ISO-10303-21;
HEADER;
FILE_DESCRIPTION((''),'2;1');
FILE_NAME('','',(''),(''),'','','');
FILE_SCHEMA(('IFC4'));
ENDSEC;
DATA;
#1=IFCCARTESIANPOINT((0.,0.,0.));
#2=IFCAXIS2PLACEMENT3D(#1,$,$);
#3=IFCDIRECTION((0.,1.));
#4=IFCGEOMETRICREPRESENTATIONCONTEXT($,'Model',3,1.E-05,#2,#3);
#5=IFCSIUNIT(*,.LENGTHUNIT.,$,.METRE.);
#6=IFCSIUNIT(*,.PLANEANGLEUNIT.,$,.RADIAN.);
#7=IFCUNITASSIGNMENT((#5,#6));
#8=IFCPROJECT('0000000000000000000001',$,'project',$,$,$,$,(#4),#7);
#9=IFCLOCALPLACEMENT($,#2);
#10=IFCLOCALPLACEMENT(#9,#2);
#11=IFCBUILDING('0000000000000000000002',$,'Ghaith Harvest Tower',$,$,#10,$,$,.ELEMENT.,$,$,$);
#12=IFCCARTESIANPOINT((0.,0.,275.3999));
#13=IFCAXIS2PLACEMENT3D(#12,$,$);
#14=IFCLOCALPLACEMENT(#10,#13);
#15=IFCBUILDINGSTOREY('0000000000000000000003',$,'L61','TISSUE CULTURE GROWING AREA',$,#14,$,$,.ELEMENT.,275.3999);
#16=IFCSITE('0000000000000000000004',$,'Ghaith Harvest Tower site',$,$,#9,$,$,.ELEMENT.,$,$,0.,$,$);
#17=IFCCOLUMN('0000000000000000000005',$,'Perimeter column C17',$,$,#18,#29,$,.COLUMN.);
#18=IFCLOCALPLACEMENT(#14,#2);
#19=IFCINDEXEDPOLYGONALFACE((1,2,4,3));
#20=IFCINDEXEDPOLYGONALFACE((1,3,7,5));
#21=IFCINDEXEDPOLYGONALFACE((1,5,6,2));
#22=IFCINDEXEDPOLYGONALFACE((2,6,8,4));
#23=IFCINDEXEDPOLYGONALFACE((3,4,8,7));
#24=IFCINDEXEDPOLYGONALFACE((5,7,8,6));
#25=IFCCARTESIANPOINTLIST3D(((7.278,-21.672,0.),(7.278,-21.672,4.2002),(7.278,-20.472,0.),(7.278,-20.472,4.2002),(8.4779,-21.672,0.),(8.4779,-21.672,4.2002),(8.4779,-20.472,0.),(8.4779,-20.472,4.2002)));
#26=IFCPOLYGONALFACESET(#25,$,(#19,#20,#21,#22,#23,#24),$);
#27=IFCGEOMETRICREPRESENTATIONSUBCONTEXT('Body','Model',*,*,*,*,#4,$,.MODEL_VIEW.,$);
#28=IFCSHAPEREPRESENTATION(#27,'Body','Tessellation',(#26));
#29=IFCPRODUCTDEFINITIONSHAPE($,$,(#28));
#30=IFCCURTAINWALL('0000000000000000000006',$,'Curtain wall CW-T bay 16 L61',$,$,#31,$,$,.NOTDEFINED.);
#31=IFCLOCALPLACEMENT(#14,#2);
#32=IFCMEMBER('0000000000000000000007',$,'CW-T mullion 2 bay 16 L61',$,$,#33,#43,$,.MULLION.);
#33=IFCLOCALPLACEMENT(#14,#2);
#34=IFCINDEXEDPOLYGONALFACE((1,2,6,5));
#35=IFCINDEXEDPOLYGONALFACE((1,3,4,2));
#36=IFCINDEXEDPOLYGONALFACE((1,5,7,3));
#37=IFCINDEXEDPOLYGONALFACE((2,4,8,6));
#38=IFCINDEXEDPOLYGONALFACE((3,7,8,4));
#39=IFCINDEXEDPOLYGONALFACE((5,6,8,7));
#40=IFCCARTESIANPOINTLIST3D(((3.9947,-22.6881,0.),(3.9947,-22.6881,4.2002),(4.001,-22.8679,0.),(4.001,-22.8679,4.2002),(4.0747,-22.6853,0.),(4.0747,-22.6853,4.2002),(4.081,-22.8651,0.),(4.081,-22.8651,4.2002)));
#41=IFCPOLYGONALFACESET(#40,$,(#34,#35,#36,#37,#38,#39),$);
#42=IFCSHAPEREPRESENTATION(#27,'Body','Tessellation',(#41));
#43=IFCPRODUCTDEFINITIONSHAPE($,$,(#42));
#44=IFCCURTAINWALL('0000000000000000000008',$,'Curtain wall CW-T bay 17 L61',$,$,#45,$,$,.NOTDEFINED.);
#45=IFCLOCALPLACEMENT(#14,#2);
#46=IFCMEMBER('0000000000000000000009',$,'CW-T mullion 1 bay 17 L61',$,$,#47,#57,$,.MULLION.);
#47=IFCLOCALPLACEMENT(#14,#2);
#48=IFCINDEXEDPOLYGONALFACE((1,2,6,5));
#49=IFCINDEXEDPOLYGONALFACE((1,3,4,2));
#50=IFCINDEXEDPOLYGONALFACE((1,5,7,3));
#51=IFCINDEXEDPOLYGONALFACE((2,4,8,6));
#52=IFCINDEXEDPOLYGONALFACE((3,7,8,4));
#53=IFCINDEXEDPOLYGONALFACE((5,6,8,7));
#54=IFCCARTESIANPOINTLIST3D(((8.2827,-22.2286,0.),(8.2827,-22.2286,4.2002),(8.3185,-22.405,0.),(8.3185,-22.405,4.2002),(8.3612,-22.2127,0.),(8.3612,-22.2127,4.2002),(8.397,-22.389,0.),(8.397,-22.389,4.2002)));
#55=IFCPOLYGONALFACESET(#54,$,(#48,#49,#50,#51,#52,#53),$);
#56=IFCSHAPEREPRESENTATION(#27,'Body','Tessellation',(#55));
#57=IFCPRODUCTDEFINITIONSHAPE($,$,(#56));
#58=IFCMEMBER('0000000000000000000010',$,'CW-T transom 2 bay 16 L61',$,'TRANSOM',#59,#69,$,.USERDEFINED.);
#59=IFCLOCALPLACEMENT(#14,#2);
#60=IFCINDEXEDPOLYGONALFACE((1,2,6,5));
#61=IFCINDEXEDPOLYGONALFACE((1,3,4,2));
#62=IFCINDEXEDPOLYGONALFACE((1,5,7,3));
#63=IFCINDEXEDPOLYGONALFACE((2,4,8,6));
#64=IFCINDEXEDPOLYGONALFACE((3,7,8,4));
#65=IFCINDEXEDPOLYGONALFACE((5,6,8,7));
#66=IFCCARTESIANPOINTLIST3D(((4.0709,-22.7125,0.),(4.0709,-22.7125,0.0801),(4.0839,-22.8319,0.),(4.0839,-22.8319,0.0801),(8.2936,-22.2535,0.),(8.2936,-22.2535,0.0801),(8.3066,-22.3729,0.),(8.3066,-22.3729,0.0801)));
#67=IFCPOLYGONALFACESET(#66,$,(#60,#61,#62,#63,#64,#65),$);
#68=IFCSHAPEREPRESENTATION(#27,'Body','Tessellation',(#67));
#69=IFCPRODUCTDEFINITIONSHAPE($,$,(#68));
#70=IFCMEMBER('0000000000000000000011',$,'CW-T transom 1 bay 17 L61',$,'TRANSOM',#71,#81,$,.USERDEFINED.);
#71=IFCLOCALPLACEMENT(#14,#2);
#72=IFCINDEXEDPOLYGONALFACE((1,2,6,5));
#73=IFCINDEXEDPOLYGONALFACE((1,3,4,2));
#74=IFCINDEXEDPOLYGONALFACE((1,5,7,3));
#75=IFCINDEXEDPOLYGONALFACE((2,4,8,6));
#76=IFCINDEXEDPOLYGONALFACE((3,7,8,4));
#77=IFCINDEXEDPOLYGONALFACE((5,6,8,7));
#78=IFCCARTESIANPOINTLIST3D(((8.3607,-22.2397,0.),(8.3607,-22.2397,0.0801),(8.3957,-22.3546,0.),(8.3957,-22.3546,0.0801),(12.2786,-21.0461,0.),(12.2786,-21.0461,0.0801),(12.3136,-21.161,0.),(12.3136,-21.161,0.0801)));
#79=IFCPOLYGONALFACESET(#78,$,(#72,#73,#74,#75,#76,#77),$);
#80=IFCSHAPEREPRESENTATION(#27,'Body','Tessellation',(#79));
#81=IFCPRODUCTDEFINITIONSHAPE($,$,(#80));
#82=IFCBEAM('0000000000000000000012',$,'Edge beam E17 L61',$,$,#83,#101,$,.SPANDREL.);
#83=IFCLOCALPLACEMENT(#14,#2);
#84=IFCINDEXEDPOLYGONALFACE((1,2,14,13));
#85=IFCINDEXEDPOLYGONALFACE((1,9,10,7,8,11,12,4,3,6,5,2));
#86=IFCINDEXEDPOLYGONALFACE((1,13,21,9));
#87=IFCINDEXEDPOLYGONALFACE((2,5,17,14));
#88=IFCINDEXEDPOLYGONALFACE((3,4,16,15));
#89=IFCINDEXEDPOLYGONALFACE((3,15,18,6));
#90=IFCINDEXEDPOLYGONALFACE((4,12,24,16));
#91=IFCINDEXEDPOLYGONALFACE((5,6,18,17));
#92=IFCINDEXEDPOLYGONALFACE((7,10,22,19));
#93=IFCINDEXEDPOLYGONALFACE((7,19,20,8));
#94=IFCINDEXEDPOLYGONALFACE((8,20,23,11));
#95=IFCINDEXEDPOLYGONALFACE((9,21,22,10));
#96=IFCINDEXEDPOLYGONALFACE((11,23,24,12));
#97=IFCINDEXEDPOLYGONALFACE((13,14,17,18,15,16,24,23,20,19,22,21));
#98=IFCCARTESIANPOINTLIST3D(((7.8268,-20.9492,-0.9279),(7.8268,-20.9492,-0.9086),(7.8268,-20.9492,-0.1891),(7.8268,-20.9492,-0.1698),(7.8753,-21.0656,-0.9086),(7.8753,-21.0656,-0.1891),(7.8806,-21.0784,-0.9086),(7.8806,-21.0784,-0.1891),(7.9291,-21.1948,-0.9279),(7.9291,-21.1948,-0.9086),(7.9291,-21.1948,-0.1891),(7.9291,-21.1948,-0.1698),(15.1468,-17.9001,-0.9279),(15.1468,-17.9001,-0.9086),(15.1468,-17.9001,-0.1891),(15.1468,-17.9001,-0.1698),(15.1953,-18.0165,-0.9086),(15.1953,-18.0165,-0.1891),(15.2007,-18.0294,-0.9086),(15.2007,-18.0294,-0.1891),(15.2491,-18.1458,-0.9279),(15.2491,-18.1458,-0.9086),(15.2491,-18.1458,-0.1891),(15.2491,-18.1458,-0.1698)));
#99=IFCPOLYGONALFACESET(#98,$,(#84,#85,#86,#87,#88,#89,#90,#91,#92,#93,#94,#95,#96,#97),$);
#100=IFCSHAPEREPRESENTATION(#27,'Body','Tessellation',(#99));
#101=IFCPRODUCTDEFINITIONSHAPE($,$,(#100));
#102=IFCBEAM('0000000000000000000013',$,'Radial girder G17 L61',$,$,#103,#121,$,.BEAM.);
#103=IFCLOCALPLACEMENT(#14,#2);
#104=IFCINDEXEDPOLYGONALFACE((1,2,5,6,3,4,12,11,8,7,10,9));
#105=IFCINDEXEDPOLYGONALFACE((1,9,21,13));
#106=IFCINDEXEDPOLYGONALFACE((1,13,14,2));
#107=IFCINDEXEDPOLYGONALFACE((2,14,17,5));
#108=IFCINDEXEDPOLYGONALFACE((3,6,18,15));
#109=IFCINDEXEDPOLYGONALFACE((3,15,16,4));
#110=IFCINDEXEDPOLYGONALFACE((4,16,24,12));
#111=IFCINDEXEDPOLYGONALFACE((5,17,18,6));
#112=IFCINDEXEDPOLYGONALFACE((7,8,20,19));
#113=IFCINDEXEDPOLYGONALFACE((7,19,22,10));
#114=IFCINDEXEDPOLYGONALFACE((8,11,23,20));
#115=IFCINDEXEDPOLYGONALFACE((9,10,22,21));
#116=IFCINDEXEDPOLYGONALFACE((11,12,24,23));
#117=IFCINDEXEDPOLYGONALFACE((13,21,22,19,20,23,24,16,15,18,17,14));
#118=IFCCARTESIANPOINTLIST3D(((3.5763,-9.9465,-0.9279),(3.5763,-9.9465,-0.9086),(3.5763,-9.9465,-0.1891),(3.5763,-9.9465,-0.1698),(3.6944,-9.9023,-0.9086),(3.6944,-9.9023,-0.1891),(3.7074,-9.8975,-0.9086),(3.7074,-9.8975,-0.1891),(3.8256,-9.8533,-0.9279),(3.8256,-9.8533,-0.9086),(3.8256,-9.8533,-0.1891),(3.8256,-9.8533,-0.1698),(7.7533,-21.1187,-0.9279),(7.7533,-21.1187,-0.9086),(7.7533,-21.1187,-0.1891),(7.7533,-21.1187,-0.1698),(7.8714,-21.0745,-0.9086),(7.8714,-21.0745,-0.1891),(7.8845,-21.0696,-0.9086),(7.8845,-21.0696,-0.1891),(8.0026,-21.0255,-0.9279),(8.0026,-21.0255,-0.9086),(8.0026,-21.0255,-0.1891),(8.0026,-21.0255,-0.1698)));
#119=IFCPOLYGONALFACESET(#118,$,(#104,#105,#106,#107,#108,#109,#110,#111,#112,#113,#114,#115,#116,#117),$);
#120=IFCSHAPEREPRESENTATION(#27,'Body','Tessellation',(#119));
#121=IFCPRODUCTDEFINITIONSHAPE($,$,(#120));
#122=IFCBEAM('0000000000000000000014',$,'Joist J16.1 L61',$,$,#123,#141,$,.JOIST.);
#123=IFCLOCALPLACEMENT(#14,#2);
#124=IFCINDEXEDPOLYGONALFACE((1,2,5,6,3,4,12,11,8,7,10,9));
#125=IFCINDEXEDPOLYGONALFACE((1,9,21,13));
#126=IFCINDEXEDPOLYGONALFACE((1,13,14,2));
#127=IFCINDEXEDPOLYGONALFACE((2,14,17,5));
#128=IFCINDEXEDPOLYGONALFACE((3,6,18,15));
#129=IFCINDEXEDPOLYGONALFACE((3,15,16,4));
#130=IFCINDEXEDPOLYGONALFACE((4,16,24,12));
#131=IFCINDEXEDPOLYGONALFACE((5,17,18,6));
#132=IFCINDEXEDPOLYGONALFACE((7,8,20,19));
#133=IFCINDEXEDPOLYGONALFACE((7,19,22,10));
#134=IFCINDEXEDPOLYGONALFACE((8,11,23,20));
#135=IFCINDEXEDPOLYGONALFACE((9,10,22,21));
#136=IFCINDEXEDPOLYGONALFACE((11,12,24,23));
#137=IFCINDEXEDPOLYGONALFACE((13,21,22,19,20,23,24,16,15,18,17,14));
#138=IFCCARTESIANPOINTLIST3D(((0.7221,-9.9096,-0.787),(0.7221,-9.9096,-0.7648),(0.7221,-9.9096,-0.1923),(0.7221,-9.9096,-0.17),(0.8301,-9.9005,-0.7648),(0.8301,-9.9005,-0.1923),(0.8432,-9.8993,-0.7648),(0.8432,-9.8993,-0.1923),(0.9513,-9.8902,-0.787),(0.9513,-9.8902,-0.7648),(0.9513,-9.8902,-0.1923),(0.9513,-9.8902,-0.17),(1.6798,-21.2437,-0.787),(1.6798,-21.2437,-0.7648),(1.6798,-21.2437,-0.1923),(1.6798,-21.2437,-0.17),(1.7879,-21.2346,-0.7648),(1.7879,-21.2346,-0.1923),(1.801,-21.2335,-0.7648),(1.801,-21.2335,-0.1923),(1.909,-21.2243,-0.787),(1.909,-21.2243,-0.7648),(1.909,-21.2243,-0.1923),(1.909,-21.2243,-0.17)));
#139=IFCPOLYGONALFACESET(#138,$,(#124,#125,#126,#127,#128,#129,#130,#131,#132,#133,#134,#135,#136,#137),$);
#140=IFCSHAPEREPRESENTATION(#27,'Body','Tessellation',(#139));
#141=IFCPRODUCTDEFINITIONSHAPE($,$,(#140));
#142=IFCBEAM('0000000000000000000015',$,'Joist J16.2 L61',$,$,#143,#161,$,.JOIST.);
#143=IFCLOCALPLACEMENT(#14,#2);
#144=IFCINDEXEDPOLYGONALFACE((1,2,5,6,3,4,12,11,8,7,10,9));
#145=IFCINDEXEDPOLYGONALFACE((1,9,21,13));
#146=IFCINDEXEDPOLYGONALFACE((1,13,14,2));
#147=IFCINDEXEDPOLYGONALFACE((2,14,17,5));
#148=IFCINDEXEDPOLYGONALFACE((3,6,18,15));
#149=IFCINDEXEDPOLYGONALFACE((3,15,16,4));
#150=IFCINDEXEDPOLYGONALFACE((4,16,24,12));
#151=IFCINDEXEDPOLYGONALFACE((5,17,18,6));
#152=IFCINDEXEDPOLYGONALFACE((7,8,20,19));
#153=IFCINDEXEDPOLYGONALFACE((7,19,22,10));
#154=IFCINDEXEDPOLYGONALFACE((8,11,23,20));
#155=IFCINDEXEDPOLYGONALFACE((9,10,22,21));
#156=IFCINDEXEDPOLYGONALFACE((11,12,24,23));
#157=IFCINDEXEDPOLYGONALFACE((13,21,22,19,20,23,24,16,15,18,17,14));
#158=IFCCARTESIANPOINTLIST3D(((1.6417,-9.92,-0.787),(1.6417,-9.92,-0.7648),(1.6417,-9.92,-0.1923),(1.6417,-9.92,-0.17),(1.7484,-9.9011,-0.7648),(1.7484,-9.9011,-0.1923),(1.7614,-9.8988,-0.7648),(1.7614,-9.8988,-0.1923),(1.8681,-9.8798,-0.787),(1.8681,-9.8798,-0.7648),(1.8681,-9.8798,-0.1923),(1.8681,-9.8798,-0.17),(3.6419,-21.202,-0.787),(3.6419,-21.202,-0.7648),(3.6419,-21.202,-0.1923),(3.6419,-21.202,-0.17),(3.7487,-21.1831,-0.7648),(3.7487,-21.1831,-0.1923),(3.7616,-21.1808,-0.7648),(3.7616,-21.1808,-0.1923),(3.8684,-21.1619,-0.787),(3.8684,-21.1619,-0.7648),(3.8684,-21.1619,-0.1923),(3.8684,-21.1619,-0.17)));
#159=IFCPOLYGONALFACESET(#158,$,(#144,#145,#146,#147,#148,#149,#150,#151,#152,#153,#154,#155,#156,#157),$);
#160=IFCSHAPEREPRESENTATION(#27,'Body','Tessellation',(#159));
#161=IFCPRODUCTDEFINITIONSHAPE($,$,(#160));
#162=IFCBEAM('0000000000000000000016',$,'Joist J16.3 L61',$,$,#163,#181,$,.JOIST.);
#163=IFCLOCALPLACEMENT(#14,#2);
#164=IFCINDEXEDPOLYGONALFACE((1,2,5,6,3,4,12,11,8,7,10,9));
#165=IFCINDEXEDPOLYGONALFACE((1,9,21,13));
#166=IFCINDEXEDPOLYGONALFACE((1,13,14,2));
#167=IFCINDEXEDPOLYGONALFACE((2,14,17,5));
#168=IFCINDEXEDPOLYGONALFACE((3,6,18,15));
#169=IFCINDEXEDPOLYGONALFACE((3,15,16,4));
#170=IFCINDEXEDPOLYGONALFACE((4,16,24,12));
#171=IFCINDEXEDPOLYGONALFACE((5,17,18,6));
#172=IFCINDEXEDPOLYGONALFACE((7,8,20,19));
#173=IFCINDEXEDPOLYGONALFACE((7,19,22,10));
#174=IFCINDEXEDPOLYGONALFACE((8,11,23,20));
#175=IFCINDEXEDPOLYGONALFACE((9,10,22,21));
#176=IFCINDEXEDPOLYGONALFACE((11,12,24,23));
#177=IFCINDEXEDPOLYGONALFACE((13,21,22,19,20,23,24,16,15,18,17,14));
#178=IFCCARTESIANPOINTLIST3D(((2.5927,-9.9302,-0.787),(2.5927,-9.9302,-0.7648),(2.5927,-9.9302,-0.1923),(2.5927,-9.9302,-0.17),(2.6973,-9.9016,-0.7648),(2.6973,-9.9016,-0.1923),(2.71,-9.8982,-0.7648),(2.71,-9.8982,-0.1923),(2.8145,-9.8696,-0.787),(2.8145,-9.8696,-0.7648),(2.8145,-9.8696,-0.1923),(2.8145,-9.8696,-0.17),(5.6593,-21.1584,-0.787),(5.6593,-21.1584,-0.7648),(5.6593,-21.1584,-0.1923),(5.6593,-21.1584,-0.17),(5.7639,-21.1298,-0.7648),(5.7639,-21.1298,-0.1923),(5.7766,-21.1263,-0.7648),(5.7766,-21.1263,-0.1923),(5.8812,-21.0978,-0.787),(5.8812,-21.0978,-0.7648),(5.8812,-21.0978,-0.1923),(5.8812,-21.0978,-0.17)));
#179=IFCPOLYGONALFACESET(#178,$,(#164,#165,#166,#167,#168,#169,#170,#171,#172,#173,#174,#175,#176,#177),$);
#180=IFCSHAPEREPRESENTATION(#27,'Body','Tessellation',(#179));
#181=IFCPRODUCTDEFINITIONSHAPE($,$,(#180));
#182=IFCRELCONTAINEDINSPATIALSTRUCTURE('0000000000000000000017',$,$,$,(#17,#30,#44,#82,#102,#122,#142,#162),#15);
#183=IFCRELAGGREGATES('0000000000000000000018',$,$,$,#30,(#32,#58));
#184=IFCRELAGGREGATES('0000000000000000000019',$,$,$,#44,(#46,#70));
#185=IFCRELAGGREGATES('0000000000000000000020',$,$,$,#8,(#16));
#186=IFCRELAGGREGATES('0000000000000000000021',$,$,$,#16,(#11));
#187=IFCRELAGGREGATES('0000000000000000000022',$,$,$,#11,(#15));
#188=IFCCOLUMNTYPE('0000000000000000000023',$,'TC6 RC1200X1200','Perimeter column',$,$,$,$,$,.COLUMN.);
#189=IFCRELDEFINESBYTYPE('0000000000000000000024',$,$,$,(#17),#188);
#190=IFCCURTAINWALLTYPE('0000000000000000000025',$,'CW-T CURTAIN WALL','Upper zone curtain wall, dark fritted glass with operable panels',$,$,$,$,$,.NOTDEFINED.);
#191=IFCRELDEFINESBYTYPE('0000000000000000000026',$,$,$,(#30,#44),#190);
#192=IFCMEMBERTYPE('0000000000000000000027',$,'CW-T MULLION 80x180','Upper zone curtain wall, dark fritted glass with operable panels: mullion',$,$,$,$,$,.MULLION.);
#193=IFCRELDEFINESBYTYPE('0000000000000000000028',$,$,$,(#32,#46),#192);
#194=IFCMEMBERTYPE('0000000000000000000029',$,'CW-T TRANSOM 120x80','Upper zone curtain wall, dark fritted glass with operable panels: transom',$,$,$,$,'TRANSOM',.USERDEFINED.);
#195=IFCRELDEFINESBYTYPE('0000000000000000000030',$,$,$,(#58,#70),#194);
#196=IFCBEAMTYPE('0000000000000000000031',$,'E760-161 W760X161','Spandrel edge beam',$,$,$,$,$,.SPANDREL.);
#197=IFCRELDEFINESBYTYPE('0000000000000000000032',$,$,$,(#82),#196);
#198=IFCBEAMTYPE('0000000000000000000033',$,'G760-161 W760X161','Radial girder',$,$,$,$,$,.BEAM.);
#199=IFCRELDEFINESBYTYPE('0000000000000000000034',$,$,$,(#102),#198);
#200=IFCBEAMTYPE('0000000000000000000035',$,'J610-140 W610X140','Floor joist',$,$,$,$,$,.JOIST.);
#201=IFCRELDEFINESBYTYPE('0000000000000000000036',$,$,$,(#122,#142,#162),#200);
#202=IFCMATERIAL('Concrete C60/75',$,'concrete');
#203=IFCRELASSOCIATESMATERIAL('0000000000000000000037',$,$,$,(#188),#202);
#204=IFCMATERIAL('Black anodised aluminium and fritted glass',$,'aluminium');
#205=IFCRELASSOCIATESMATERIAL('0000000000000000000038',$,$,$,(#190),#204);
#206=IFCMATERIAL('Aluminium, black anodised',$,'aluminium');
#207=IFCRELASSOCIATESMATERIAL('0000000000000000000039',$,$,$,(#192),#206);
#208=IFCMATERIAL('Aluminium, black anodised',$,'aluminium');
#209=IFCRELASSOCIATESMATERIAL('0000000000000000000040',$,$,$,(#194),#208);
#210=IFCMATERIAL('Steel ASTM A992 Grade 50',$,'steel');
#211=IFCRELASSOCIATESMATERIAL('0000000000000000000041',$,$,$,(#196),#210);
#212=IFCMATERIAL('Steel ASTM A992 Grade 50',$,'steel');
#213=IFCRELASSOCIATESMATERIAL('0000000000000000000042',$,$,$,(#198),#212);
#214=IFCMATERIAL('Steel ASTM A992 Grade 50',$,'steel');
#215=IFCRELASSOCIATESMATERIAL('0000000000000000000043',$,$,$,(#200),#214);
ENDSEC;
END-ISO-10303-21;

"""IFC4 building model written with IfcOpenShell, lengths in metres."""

from ifc_helpers import new_model, si_unit, direction, frame, origin, origin_2d, place, context, subcontext, project, spatial, rectangle, i_section, extrude, material, material_profile, profile_set, type_object, element, aggregate, save


model = new_model("IFC4")

# Units and contexts
model_context = context("Model", 3, precision=1e-05, world=origin(), true_north=direction((0.0, 1.0)))
body_context = subcontext(model_context, "Body", "Model", "MODEL_VIEW")
ifc_project = project(units=[si_unit("LENGTHUNIT", "METRE"), si_unit("PLANEANGLEUNIT", "RADIAN")], contexts=[model_context])

# Site, building, storey
site_placement = place(None, origin())
site = spatial("IfcSite", under=ifc_project, at=site_placement, Name="Ghaith Harvest Tower site", CompositionType="ELEMENT", RefElevation=0.0)
building_placement = place(site_placement, origin())
building = spatial("IfcBuilding", under=site, at=building_placement, Name="Ghaith Harvest Tower", CompositionType="ELEMENT")
storey_placement = place(building_placement, frame((0.0, 0.0, 275.3999)))
storey = spatial("IfcBuildingStorey", under=building, at=storey_placement, Name="L61", Description="TISSUE CULTURE GROWING AREA", CompositionType="ELEMENT", Elevation=275.3999)

# Column
ifc_material_1 = material(Name="Concrete C60/75", Category="concrete")
ifc_material_profile_1 = material_profile(ifc_material_1, rectangle(XDim=1.2, YDim=1.2, at=origin_2d()), Name="RC1200X1200")
ifc_profile_set_1 = profile_set([ifc_material_profile_1], Name="Concrete C60/75")
column_type = type_object("IfcColumnType", Name="TC6 RC1200X1200", Description="Perimeter column", PredefinedType="COLUMN", material=ifc_profile_set_1)
column_placement = place(storey_placement, frame((7.8779, -21.072, 0.0), z_axis=(0.0, 0.0, 1.0), x_axis=(1.0, 0.0, 0.0)))
element("IfcColumn", 1, at=column_placement, inside=storey, type_object=column_type, Name="Perimeter column C17", PredefinedType="COLUMN", context=body_context, shape_type="SweptSolid", body=[
    extrude(rectangle(XDim=1.2, YDim=1.2, at=origin_2d()), origin(), (0.0, 0.0, 1.0), 4.2002),
])

# Curtain walls, members
ifc_material_2 = material(Name="Black anodised aluminium and fritted glass", Category="aluminium")
curtain_wall_type = type_object("IfcCurtainWallType", Name="CW-T CURTAIN WALL", Description="Upper zone curtain wall, dark fritted glass with operable panels", PredefinedType="NOTDEFINED", material=ifc_material_2)
curtain_wall_1_placement = place(storey_placement, origin())
curtain_wall_1 = element("IfcCurtainWall", 2, at=curtain_wall_1_placement, inside=storey, type_object=curtain_wall_type, Name="Curtain wall CW-T bay 16 L61", PredefinedType="NOTDEFINED")
ifc_material_3 = material(Name="Aluminium, black anodised", Category="aluminium")
ifc_material_profile_2 = material_profile(ifc_material_3, rectangle(XDim=0.0801, YDim=0.1799, at=origin_2d()), Name="CW-T MULLION 80x180")
ifc_profile_set_2 = profile_set([ifc_material_profile_2], Name="Aluminium, black anodised")
member_type_1 = type_object("IfcMemberType", Name="CW-T MULLION 80x180", Description="Upper zone curtain wall, dark fritted glass with operable panels: mullion", PredefinedType="MULLION", material=ifc_profile_set_2)
member_1_placement = place(storey_placement, frame((4.0378, -22.7766, 0.0), z_axis=(0.0, 0.0, 1.0), x_axis=(0.999389, 0.034962, 0.0)))
member_1 = element("IfcMember", 3, at=member_1_placement, type_object=member_type_1, Name="CW-T mullion 2 bay 16 L61", PredefinedType="MULLION", context=body_context, shape_type="SweptSolid", body=[
    extrude(rectangle(XDim=0.0801, YDim=0.1799, at=origin_2d()), origin(), (0.0, 0.0, 1.0), 4.2002),
])
curtain_wall_2_placement = place(storey_placement, origin())
curtain_wall_2 = element("IfcCurtainWall", 4, at=curtain_wall_2_placement, inside=storey, type_object=curtain_wall_type, Name="Curtain wall CW-T bay 17 L61", PredefinedType="NOTDEFINED")
member_2_placement = place(storey_placement, frame((8.3398, -22.3088, 0.0), z_axis=(0.0, 0.0, 1.0), x_axis=(0.98, 0.198997, 0.0)))
member_2 = element("IfcMember", 5, at=member_2_placement, type_object=member_type_1, Name="CW-T mullion 1 bay 17 L61", PredefinedType="MULLION", context=body_context, shape_type="SweptSolid", body=[
    extrude(rectangle(XDim=0.0801, YDim=0.1799, at=origin_2d()), origin(), (0.0, 0.0, 1.0), 4.2002),
])

# Members
ifc_material_4 = material(Name="Aluminium, black anodised", Category="aluminium")
ifc_material_profile_3 = material_profile(ifc_material_4, rectangle(XDim=0.1201, YDim=0.0801, at=origin_2d()), Name="CW-T TRANSOM 120x80")
ifc_profile_set_3 = profile_set([ifc_material_profile_3], Name="Aluminium, black anodised")
member_type_2 = type_object("IfcMemberType", Name="CW-T TRANSOM 120x80", Description="Upper zone curtain wall, dark fritted glass with operable panels: transom", ElementType="TRANSOM", PredefinedType="USERDEFINED", material=ifc_profile_set_3)
member_3_placement = place(storey_placement, frame((4.0774, -22.7722, 0.04), z_axis=(0.994144, 0.108059, 0.0), x_axis=(-0.108059, 0.994144, 0.0)))
member_3 = element("IfcMember", 6, at=member_3_placement, type_object=member_type_2, Name="CW-T transom 2 bay 16 L61", ObjectType="TRANSOM", PredefinedType="USERDEFINED", context=body_context, shape_type="SweptSolid", body=[
    extrude(rectangle(XDim=0.1201, YDim=0.0801, at=origin_2d()), origin(), (0.0, 0.0, 1.0), 4.2476),
])
member_4_placement = place(storey_placement, frame((8.3782, -22.2971, 0.04), z_axis=(0.956594, 0.291425, 0.0), x_axis=(-0.291425, 0.956594, 0.0)))
member_4 = element("IfcMember", 7, at=member_4_placement, type_object=member_type_2, Name="CW-T transom 1 bay 17 L61", ObjectType="TRANSOM", PredefinedType="USERDEFINED", context=body_context, shape_type="SweptSolid", body=[
    extrude(rectangle(XDim=0.1201, YDim=0.0801, at=origin_2d()), origin(), (0.0, 0.0, 1.0), 4.0957),
])

# Beams
ifc_material_5 = material(Name="Steel ASTM A992 Grade 50", Category="steel")
ifc_material_profile_4 = material_profile(ifc_material_5, i_section(OverallWidth=0.2661, OverallDepth=0.7581, WebThickness=0.0139, FlangeThickness=0.0193, at=origin_2d()), Name="W760X161")
ifc_profile_set_4 = profile_set([ifc_material_profile_4], Name="Steel ASTM A992 Grade 50")
beam_type_1 = type_object("IfcBeamType", Name="E760-161 W760X161", Description="Spandrel edge beam", PredefinedType="SPANDREL", material=ifc_profile_set_4)
beam_1_placement = place(storey_placement, frame((7.8779, -21.072, -0.5488), z_axis=(0.92312, 0.384513, 0.0), x_axis=(-0.384513, 0.92312, 0.0)))
element("IfcBeam", 8, at=beam_1_placement, inside=storey, type_object=beam_type_1, Name="Edge beam E17 L61", PredefinedType="SPANDREL", context=body_context, shape_type="SweptSolid", body=[
    extrude(i_section(OverallWidth=0.2661, OverallDepth=0.7581, WebThickness=0.0139, FlangeThickness=0.0193, at=origin_2d()), origin(), (0.0, 0.0, 1.0), 7.9297),
])
ifc_material_6 = material(Name="Steel ASTM A992 Grade 50", Category="steel")
ifc_material_profile_5 = material_profile(ifc_material_6, i_section(OverallWidth=0.2661, OverallDepth=0.7581, WebThickness=0.0139, FlangeThickness=0.0193, at=origin_2d()), Name="W760X161")
ifc_profile_set_5 = profile_set([ifc_material_profile_5], Name="Steel ASTM A992 Grade 50")
beam_type_2 = type_object("IfcBeamType", Name="G760-161 W760X161", Description="Radial girder", PredefinedType="BEAM", material=ifc_profile_set_5)
beam_2_placement = place(storey_placement, frame((3.7009, -9.8999, -0.5488), z_axis=(0.350201, -0.936674, 0.0), x_axis=(0.936674, 0.350201, 0.0)))
element("IfcBeam", 9, at=beam_2_placement, inside=storey, type_object=beam_type_2, Name="Radial girder G17 L61", PredefinedType="BEAM", context=body_context, shape_type="SweptSolid", body=[
    extrude(i_section(OverallWidth=0.2661, OverallDepth=0.7581, WebThickness=0.0139, FlangeThickness=0.0193, at=origin_2d()), origin(), (0.0, 0.0, 1.0), 11.9275),
])
ifc_material_7 = material(Name="Steel ASTM A992 Grade 50", Category="steel")
ifc_material_profile_6 = material_profile(ifc_material_7, i_section(OverallWidth=0.23, OverallDepth=0.6169, WebThickness=0.0132, FlangeThickness=0.0222, at=origin_2d()), Name="W610X140")
ifc_profile_set_6 = profile_set([ifc_material_profile_6], Name="Steel ASTM A992 Grade 50")
beam_type_3 = type_object("IfcBeamType", Name="J610-140 W610X140", Description="Floor joist", PredefinedType="JOIST", material=ifc_profile_set_6)
beam_3_placement = place(storey_placement, frame((0.8367, -9.8999, -0.4785), z_axis=(0.084202, -0.996449, 0.0), x_axis=(0.996449, 0.084202, 0.0)))
element("IfcBeam", 10, at=beam_3_placement, inside=storey, type_object=beam_type_3, Name="Joist J16.1 L61", PredefinedType="JOIST", context=body_context, shape_type="SweptSolid", body=[
    extrude(i_section(OverallWidth=0.23, OverallDepth=0.6169, WebThickness=0.0132, FlangeThickness=0.0222, at=origin_2d()), origin(), (0.0, 0.0, 1.0), 11.3745),
])
beam_4_placement = place(storey_placement, frame((1.7549, -9.8999, -0.4785), z_axis=(0.174573, -0.984644, 0.0), x_axis=(0.984644, 0.174573, 0.0)))
element("IfcBeam", 11, at=beam_4_placement, inside=storey, type_object=beam_type_3, Name="Joist J16.2 L61", PredefinedType="JOIST", context=body_context, shape_type="SweptSolid", body=[
    extrude(i_section(OverallWidth=0.23, OverallDepth=0.6169, WebThickness=0.0132, FlangeThickness=0.0222, at=origin_2d()), origin(), (0.0, 0.0, 1.0), 11.458),
])
beam_5_placement = place(storey_placement, frame((2.7036, -9.8999, -0.4785), z_axis=(0.263469, -0.964668, 0.0), x_axis=(0.964668, 0.263469, 0.0)))
element("IfcBeam", 12, at=beam_5_placement, inside=storey, type_object=beam_type_3, Name="Joist J16.3 L61", PredefinedType="JOIST", context=body_context, shape_type="SweptSolid", body=[
    extrude(i_section(OverallWidth=0.23, OverallDepth=0.6169, WebThickness=0.0132, FlangeThickness=0.0222, at=origin_2d()), origin(), (0.0, 0.0, 1.0), 11.6394),
])

aggregate(curtain_wall_1, [member_1, member_3])
aggregate(curtain_wall_2, [member_2, member_4])

save(model, "model.ifc")
